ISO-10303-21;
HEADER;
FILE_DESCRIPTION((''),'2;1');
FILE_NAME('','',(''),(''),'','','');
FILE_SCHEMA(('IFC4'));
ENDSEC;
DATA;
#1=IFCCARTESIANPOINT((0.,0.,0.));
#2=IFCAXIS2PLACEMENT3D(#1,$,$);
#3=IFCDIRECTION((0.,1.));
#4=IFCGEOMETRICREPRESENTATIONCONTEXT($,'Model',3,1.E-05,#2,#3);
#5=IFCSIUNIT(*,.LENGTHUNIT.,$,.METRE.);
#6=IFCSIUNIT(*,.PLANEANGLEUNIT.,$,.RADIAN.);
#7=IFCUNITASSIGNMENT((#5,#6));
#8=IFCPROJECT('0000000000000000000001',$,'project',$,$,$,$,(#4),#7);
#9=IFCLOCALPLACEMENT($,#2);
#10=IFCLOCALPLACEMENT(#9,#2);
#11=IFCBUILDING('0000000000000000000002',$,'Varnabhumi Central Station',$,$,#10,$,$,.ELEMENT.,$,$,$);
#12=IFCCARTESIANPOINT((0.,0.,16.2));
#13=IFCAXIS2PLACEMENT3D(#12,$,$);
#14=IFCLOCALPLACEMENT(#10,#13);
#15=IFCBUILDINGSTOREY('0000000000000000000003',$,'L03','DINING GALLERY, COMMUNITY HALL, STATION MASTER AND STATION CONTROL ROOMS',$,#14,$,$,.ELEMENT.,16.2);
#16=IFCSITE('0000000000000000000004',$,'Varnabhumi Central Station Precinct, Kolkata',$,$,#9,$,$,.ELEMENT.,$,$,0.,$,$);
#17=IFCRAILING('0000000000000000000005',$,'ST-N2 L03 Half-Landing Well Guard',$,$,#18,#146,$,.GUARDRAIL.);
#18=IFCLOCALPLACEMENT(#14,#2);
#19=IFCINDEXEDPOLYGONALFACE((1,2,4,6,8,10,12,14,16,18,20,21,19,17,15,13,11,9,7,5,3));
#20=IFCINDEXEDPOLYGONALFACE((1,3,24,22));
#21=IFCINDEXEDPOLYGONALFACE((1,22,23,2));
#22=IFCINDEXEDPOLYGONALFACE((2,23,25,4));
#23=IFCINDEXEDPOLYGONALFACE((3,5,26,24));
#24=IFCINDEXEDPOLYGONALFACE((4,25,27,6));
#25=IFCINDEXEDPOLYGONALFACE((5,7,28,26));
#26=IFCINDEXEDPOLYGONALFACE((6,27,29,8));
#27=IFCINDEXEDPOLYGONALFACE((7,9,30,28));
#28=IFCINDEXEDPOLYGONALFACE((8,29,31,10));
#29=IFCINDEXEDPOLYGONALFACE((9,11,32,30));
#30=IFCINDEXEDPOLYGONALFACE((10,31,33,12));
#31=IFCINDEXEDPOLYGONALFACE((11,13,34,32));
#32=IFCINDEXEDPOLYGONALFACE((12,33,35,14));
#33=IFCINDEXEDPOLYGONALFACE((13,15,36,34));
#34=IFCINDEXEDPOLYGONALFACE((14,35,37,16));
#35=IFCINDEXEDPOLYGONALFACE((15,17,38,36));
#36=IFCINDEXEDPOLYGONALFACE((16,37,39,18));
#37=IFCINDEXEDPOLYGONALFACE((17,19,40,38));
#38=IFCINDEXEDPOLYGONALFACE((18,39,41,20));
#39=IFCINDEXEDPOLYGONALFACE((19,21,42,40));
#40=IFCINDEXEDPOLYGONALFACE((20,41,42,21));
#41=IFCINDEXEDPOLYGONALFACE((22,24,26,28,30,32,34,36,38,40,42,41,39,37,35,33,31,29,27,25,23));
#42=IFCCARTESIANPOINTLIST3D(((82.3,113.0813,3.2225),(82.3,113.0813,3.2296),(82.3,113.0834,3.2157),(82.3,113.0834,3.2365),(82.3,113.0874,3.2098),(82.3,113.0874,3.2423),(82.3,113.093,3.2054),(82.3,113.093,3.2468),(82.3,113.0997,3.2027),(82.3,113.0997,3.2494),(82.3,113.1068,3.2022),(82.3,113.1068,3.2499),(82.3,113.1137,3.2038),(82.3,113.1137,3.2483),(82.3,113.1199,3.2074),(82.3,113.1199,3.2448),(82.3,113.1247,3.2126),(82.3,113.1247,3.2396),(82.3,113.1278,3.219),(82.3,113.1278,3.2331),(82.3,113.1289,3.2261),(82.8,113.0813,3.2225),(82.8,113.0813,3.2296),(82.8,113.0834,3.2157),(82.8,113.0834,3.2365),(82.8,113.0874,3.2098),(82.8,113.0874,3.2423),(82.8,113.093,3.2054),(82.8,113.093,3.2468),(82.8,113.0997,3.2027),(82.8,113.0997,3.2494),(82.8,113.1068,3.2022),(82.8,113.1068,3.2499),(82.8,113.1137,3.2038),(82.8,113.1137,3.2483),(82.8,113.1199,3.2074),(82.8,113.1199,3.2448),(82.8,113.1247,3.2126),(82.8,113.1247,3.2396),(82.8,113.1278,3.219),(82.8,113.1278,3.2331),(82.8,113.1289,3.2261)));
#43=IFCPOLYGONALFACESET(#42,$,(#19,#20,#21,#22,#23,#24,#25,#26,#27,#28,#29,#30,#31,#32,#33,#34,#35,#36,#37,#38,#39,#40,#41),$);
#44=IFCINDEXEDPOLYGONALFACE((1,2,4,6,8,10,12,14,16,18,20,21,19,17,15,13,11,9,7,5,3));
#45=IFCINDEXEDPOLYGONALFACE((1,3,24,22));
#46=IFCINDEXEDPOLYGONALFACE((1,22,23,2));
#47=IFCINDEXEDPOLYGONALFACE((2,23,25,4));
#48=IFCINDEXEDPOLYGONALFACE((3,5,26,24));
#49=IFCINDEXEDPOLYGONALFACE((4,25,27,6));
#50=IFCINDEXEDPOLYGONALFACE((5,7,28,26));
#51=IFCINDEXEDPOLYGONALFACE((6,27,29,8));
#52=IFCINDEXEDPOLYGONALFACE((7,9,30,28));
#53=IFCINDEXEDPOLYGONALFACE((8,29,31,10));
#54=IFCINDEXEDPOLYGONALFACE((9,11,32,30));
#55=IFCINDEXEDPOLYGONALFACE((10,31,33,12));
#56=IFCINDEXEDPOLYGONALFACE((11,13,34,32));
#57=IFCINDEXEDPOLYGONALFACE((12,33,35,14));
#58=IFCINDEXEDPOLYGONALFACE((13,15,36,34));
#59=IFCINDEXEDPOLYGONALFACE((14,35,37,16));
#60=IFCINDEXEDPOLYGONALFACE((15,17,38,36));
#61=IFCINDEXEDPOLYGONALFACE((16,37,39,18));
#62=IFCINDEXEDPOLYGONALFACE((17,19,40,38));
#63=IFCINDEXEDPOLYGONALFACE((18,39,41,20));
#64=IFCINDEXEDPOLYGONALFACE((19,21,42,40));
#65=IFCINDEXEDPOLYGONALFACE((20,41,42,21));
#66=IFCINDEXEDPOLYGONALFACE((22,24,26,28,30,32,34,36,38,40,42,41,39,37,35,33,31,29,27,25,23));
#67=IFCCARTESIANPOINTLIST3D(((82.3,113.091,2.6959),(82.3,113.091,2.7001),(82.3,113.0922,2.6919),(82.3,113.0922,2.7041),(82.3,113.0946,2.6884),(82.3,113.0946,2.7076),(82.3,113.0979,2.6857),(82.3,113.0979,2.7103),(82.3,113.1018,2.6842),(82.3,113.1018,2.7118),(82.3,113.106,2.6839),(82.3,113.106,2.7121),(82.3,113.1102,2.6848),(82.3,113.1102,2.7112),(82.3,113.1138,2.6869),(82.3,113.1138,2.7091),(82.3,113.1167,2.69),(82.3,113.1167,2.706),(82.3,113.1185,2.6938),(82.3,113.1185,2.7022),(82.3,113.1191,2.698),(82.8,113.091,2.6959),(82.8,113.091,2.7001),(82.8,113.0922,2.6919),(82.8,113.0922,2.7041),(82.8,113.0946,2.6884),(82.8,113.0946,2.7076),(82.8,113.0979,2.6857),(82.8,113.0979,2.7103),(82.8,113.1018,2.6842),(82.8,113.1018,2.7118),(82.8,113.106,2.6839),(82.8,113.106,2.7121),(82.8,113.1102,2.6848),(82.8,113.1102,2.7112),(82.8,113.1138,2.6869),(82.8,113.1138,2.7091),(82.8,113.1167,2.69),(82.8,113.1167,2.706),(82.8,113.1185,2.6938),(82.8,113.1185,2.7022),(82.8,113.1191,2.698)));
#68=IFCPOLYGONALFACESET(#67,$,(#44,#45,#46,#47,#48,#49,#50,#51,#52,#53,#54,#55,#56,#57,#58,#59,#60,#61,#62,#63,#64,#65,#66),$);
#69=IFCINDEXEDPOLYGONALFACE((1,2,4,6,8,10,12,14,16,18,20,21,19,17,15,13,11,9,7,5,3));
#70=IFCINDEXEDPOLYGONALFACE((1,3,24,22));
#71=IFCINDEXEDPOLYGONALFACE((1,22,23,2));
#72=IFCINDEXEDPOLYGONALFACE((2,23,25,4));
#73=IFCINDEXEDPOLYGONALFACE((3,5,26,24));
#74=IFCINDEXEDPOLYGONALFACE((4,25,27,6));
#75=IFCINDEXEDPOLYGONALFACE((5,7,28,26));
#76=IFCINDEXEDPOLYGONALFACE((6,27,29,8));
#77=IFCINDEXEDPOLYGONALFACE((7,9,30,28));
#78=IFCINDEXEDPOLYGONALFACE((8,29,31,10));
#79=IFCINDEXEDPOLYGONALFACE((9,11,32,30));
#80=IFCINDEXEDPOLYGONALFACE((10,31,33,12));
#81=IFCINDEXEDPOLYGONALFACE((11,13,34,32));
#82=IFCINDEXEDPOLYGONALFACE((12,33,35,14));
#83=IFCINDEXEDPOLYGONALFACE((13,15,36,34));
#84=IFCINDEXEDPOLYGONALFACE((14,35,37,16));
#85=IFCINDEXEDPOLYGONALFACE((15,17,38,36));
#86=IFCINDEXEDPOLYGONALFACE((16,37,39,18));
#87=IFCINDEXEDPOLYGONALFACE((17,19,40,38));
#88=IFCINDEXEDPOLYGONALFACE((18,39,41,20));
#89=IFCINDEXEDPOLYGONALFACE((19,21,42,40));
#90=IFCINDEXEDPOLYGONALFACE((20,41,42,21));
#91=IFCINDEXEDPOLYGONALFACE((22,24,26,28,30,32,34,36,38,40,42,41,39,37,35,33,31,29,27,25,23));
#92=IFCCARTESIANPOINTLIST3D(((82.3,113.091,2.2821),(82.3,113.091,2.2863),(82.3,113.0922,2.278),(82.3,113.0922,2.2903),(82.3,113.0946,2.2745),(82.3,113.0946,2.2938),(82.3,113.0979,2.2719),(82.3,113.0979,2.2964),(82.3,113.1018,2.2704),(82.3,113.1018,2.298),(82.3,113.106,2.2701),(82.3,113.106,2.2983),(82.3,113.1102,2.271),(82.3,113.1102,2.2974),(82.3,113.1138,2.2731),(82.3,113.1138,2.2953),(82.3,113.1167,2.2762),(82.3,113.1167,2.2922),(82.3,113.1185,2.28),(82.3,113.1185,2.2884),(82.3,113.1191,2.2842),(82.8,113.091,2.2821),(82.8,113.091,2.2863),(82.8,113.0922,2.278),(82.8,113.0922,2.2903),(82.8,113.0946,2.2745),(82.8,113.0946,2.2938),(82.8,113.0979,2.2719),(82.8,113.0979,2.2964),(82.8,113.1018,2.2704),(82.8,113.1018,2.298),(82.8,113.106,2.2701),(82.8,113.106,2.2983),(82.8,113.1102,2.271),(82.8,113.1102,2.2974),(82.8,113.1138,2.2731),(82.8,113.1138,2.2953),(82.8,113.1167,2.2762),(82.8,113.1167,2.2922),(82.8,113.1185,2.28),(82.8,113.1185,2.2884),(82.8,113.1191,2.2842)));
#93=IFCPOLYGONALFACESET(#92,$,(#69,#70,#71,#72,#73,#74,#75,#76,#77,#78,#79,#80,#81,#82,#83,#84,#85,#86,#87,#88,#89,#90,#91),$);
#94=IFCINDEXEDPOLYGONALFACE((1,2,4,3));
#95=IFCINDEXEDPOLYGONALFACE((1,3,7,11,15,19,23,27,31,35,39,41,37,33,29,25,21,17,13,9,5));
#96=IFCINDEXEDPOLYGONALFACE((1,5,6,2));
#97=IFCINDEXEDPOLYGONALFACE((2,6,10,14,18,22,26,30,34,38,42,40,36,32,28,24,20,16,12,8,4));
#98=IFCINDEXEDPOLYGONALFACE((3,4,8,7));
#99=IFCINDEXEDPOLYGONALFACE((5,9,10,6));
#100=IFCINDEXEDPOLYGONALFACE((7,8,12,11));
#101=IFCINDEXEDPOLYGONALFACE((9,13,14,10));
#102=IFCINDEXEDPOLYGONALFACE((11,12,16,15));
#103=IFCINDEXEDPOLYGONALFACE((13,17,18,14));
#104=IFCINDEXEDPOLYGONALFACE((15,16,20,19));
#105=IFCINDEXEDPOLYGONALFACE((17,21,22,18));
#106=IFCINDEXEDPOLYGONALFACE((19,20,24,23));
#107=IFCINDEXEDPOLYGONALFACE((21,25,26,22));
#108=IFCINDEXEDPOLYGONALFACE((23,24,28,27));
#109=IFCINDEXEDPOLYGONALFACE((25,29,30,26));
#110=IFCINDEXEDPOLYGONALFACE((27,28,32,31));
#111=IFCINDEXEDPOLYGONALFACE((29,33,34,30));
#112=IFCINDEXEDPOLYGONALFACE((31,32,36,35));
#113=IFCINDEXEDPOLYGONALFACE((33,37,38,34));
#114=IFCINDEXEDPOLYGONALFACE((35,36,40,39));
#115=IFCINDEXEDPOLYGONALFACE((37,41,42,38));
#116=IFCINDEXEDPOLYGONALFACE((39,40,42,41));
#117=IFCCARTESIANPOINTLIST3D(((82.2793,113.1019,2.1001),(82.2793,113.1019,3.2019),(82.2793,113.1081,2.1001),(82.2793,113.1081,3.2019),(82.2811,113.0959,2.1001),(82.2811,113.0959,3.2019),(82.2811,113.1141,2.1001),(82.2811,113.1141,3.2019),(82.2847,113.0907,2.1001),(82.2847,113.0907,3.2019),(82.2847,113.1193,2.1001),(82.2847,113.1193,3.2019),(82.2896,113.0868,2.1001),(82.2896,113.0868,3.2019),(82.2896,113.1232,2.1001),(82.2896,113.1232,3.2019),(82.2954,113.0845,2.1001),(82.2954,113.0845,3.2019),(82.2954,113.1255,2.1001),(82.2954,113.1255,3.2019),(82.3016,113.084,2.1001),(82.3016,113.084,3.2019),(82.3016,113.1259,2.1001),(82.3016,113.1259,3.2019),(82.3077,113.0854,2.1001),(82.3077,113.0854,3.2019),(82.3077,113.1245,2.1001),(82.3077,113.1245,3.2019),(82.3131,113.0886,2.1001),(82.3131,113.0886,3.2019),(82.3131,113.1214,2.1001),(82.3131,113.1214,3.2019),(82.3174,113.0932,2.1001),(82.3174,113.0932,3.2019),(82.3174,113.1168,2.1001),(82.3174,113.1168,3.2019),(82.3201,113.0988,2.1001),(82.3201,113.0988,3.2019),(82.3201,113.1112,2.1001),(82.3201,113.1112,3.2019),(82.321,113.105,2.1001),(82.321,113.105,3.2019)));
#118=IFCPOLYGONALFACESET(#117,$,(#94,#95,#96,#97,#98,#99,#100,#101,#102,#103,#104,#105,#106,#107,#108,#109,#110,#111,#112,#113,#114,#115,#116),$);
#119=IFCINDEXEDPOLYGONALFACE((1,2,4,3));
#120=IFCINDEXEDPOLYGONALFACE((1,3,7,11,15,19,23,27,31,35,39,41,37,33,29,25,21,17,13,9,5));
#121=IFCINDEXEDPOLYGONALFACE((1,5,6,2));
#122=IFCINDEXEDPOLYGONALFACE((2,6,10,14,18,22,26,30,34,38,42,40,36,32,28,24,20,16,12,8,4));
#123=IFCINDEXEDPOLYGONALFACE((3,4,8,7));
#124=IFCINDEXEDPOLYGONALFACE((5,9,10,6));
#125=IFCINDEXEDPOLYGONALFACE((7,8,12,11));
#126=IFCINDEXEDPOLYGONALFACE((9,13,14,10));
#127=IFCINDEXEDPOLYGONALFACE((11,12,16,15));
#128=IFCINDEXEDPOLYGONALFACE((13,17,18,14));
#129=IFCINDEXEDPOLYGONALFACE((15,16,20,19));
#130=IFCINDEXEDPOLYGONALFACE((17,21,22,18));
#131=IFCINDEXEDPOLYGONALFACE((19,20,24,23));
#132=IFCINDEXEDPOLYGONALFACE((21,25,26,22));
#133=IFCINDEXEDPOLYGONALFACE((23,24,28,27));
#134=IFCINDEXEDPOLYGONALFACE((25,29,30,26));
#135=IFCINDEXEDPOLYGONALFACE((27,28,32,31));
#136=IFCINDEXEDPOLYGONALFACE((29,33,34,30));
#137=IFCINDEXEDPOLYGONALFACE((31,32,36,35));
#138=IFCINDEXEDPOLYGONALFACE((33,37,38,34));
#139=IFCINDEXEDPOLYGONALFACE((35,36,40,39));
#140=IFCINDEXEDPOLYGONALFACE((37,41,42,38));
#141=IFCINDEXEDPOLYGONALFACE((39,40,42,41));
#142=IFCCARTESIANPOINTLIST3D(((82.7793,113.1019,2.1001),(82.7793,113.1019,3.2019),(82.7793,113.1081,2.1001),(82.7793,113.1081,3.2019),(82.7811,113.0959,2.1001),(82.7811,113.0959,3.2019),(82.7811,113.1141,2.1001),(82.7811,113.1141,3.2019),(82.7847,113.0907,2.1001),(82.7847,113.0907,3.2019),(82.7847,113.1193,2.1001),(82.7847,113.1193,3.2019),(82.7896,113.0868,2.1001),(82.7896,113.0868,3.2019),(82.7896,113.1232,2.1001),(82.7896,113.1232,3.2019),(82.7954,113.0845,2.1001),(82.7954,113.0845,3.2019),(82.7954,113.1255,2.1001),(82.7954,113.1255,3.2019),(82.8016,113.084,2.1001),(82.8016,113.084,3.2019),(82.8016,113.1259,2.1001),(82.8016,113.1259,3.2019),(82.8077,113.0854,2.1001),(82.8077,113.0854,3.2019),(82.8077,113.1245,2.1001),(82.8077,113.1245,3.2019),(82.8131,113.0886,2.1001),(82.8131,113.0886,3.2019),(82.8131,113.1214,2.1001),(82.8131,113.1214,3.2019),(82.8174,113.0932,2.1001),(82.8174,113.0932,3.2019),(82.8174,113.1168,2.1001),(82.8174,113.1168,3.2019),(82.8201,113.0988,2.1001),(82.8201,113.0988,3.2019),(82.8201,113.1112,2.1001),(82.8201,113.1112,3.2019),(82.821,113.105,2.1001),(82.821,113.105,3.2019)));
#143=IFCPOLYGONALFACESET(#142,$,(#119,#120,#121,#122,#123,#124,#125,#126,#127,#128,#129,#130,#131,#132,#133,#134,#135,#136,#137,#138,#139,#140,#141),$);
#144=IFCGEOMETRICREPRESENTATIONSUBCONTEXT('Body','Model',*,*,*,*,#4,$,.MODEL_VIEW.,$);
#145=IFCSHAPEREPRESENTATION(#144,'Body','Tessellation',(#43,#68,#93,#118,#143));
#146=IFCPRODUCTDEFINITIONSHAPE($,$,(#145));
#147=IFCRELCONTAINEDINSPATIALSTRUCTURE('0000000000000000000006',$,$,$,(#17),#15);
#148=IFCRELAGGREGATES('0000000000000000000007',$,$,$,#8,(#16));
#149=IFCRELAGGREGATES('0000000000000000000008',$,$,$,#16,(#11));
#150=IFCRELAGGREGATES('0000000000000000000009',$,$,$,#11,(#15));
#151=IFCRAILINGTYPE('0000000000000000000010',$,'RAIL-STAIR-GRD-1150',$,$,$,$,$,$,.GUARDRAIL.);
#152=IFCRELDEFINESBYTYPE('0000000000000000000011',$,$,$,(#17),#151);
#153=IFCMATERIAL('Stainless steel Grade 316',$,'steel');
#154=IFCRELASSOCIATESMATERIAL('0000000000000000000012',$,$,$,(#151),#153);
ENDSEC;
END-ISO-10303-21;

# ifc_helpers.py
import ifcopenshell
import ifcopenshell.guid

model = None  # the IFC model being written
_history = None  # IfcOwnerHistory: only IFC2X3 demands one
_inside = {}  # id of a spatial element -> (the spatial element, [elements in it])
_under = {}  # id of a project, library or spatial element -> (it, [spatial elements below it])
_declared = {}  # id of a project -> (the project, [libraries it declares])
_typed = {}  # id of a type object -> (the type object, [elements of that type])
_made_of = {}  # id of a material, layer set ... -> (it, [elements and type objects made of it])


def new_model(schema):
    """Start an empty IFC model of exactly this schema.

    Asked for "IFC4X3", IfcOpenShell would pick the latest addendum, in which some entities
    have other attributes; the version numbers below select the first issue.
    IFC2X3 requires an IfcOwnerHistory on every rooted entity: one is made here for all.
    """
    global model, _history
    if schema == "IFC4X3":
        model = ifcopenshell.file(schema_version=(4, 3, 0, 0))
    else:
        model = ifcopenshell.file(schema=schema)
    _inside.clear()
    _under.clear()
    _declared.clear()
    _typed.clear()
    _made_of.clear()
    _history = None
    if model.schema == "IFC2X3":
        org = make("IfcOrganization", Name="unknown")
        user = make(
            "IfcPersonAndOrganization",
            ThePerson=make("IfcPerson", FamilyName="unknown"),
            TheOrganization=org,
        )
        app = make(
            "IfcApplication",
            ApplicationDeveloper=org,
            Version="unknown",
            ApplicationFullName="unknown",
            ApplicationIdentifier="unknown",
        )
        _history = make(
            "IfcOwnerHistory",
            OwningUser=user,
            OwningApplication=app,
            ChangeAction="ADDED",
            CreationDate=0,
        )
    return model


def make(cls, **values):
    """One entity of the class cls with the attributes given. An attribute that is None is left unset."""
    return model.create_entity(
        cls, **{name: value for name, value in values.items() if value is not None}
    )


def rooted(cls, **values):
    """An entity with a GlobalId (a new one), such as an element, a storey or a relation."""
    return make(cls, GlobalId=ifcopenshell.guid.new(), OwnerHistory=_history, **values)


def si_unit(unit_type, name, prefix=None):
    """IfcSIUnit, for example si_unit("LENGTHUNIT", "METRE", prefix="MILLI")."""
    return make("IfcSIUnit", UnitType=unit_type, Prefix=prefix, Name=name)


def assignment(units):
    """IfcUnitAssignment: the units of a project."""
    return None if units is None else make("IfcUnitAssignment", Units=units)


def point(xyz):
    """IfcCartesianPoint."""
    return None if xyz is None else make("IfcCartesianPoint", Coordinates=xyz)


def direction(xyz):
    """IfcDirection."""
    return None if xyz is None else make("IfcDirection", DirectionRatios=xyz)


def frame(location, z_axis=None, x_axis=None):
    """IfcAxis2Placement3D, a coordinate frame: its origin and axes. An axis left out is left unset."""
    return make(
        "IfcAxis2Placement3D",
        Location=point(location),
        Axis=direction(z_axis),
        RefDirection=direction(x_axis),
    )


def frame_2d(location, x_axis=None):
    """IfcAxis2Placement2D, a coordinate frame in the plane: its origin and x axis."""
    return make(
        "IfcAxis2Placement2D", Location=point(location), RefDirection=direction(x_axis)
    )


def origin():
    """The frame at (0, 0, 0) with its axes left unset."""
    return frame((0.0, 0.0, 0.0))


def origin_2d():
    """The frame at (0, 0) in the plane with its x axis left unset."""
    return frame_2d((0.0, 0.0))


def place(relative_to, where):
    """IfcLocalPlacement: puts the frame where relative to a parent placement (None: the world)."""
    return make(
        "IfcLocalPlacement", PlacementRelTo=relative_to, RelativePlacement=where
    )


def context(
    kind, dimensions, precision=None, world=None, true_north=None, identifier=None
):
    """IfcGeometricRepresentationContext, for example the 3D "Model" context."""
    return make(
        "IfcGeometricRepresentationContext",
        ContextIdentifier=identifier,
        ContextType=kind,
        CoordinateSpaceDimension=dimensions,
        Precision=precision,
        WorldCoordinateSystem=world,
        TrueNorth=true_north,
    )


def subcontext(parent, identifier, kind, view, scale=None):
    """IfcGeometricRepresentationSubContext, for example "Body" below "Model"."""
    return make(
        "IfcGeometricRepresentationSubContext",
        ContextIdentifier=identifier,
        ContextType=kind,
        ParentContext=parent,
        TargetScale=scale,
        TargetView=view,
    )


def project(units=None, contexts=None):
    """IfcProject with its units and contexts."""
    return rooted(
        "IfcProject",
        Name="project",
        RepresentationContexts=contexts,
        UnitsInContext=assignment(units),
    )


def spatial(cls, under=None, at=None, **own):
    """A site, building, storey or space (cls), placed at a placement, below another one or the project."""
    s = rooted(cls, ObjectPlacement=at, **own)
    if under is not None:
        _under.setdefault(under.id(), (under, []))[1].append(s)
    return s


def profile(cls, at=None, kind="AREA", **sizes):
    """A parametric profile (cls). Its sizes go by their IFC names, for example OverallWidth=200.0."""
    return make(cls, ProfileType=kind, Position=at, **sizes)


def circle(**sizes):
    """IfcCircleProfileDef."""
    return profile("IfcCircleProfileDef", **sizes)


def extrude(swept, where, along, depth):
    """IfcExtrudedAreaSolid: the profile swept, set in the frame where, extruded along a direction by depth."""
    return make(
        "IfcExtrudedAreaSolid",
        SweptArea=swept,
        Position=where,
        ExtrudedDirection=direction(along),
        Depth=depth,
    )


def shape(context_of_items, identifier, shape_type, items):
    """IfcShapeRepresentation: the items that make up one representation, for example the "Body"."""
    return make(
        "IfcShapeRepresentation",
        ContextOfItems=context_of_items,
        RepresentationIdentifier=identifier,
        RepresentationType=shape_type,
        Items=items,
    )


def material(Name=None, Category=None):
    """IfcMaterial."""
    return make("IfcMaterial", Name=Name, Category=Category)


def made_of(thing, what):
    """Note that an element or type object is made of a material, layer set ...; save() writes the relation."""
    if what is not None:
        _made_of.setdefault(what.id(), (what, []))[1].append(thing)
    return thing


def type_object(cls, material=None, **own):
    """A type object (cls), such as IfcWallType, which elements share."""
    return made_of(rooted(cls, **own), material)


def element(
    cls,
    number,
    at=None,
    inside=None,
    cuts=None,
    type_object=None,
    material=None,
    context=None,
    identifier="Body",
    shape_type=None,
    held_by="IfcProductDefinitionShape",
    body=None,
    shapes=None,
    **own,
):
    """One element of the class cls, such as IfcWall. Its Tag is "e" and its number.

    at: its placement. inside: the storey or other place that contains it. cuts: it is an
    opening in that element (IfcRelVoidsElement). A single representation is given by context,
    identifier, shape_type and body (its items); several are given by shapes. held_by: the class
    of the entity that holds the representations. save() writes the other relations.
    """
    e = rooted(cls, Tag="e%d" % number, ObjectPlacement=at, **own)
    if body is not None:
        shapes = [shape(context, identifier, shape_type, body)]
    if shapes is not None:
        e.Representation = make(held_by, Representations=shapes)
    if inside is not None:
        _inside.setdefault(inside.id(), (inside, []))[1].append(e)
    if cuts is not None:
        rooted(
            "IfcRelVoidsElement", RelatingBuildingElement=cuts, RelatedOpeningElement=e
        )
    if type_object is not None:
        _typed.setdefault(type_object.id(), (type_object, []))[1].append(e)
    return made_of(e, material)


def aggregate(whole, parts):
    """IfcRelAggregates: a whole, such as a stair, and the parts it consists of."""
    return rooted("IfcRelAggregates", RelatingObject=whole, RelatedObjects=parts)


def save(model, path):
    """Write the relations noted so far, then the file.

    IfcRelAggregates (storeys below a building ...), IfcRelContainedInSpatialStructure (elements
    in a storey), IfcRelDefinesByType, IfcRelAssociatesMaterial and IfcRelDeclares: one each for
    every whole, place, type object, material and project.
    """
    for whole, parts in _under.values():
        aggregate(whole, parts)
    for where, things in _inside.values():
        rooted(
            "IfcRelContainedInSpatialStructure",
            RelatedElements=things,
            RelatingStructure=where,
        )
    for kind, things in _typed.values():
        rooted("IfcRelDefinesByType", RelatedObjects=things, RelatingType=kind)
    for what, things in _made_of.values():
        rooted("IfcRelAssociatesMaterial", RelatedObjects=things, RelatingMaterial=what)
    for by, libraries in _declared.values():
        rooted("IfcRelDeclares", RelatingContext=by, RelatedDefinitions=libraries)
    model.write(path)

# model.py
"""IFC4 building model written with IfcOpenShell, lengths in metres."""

from ifc_helpers import new_model, si_unit, direction, frame, origin, origin_2d, place, context, subcontext, project, spatial, circle, extrude, material, type_object, element, save


model = new_model("IFC4")

# Units and contexts
model_context = context("Model", 3, precision=1e-05, world=origin(), true_north=direction((0.0, 1.0)))
body_context = subcontext(model_context, "Body", "Model", "MODEL_VIEW")
ifc_project = project(units=[si_unit("LENGTHUNIT", "METRE"), si_unit("PLANEANGLEUNIT", "RADIAN")], contexts=[model_context])

# Site, building, storey
site_placement = place(None, origin())
site = spatial("IfcSite", under=ifc_project, at=site_placement, Name="Varnabhumi Central Station Precinct, Kolkata", CompositionType="ELEMENT", RefElevation=0.0)
building_placement = place(site_placement, origin())
building = spatial("IfcBuilding", under=site, at=building_placement, Name="Varnabhumi Central Station", CompositionType="ELEMENT")
storey_placement = place(building_placement, frame((0.0, 0.0, 16.2)))
storey = spatial("IfcBuildingStorey", under=building, at=storey_placement, Name="L03", Description="DINING GALLERY, COMMUNITY HALL, STATION MASTER AND STATION CONTROL ROOMS", CompositionType="ELEMENT", Elevation=16.2)

# Railing
ifc_material_1 = material(Name="Stainless steel Grade 316", Category="steel")
railing_type_1 = type_object("IfcRailingType", Name="RAIL-STAIR-GRD-1150", PredefinedType="GUARDRAIL", material=ifc_material_1)
railing_1_placement = place(storey_placement, frame((82.3, 113.105, 2.1001)))
element("IfcRailing", 1, at=railing_1_placement, inside=storey, type_object=railing_type_1, Name="ST-N2 L03 Half-Landing Well Guard", PredefinedType="GUARDRAIL", context=body_context, shape_type="SweptSolid", body=[
    extrude(circle(Radius=0.0239, at=origin_2d()), frame((0.0, 0.0, 1.126), z_axis=(1.0, 0.0, 0.0), x_axis=(0.0, 1.0, 0.0)), (0.0, 0.0, 1.0), 0.5),
    extrude(circle(Radius=0.0142, at=origin_2d()), frame((0.0, 0.0, 0.5979), z_axis=(1.0, 0.0, 0.0), x_axis=(0.0, 1.0, 0.0)), (0.0, 0.0, 1.0), 0.5),
    extrude(circle(Radius=0.0142, at=origin_2d()), frame((0.0, 0.0, 0.1841), z_axis=(1.0, 0.0, 0.0), x_axis=(0.0, 1.0, 0.0)), (0.0, 0.0, 1.0), 0.5),
    extrude(circle(Radius=0.021, at=origin_2d()), origin(), (0.0, 0.0, 1.0), 1.1018),
    extrude(circle(Radius=0.021, at=origin_2d()), frame((0.5, 0.0, 0.0)), (0.0, 0.0, 1.0), 1.1018),
])

save(model, "model.ifc")
